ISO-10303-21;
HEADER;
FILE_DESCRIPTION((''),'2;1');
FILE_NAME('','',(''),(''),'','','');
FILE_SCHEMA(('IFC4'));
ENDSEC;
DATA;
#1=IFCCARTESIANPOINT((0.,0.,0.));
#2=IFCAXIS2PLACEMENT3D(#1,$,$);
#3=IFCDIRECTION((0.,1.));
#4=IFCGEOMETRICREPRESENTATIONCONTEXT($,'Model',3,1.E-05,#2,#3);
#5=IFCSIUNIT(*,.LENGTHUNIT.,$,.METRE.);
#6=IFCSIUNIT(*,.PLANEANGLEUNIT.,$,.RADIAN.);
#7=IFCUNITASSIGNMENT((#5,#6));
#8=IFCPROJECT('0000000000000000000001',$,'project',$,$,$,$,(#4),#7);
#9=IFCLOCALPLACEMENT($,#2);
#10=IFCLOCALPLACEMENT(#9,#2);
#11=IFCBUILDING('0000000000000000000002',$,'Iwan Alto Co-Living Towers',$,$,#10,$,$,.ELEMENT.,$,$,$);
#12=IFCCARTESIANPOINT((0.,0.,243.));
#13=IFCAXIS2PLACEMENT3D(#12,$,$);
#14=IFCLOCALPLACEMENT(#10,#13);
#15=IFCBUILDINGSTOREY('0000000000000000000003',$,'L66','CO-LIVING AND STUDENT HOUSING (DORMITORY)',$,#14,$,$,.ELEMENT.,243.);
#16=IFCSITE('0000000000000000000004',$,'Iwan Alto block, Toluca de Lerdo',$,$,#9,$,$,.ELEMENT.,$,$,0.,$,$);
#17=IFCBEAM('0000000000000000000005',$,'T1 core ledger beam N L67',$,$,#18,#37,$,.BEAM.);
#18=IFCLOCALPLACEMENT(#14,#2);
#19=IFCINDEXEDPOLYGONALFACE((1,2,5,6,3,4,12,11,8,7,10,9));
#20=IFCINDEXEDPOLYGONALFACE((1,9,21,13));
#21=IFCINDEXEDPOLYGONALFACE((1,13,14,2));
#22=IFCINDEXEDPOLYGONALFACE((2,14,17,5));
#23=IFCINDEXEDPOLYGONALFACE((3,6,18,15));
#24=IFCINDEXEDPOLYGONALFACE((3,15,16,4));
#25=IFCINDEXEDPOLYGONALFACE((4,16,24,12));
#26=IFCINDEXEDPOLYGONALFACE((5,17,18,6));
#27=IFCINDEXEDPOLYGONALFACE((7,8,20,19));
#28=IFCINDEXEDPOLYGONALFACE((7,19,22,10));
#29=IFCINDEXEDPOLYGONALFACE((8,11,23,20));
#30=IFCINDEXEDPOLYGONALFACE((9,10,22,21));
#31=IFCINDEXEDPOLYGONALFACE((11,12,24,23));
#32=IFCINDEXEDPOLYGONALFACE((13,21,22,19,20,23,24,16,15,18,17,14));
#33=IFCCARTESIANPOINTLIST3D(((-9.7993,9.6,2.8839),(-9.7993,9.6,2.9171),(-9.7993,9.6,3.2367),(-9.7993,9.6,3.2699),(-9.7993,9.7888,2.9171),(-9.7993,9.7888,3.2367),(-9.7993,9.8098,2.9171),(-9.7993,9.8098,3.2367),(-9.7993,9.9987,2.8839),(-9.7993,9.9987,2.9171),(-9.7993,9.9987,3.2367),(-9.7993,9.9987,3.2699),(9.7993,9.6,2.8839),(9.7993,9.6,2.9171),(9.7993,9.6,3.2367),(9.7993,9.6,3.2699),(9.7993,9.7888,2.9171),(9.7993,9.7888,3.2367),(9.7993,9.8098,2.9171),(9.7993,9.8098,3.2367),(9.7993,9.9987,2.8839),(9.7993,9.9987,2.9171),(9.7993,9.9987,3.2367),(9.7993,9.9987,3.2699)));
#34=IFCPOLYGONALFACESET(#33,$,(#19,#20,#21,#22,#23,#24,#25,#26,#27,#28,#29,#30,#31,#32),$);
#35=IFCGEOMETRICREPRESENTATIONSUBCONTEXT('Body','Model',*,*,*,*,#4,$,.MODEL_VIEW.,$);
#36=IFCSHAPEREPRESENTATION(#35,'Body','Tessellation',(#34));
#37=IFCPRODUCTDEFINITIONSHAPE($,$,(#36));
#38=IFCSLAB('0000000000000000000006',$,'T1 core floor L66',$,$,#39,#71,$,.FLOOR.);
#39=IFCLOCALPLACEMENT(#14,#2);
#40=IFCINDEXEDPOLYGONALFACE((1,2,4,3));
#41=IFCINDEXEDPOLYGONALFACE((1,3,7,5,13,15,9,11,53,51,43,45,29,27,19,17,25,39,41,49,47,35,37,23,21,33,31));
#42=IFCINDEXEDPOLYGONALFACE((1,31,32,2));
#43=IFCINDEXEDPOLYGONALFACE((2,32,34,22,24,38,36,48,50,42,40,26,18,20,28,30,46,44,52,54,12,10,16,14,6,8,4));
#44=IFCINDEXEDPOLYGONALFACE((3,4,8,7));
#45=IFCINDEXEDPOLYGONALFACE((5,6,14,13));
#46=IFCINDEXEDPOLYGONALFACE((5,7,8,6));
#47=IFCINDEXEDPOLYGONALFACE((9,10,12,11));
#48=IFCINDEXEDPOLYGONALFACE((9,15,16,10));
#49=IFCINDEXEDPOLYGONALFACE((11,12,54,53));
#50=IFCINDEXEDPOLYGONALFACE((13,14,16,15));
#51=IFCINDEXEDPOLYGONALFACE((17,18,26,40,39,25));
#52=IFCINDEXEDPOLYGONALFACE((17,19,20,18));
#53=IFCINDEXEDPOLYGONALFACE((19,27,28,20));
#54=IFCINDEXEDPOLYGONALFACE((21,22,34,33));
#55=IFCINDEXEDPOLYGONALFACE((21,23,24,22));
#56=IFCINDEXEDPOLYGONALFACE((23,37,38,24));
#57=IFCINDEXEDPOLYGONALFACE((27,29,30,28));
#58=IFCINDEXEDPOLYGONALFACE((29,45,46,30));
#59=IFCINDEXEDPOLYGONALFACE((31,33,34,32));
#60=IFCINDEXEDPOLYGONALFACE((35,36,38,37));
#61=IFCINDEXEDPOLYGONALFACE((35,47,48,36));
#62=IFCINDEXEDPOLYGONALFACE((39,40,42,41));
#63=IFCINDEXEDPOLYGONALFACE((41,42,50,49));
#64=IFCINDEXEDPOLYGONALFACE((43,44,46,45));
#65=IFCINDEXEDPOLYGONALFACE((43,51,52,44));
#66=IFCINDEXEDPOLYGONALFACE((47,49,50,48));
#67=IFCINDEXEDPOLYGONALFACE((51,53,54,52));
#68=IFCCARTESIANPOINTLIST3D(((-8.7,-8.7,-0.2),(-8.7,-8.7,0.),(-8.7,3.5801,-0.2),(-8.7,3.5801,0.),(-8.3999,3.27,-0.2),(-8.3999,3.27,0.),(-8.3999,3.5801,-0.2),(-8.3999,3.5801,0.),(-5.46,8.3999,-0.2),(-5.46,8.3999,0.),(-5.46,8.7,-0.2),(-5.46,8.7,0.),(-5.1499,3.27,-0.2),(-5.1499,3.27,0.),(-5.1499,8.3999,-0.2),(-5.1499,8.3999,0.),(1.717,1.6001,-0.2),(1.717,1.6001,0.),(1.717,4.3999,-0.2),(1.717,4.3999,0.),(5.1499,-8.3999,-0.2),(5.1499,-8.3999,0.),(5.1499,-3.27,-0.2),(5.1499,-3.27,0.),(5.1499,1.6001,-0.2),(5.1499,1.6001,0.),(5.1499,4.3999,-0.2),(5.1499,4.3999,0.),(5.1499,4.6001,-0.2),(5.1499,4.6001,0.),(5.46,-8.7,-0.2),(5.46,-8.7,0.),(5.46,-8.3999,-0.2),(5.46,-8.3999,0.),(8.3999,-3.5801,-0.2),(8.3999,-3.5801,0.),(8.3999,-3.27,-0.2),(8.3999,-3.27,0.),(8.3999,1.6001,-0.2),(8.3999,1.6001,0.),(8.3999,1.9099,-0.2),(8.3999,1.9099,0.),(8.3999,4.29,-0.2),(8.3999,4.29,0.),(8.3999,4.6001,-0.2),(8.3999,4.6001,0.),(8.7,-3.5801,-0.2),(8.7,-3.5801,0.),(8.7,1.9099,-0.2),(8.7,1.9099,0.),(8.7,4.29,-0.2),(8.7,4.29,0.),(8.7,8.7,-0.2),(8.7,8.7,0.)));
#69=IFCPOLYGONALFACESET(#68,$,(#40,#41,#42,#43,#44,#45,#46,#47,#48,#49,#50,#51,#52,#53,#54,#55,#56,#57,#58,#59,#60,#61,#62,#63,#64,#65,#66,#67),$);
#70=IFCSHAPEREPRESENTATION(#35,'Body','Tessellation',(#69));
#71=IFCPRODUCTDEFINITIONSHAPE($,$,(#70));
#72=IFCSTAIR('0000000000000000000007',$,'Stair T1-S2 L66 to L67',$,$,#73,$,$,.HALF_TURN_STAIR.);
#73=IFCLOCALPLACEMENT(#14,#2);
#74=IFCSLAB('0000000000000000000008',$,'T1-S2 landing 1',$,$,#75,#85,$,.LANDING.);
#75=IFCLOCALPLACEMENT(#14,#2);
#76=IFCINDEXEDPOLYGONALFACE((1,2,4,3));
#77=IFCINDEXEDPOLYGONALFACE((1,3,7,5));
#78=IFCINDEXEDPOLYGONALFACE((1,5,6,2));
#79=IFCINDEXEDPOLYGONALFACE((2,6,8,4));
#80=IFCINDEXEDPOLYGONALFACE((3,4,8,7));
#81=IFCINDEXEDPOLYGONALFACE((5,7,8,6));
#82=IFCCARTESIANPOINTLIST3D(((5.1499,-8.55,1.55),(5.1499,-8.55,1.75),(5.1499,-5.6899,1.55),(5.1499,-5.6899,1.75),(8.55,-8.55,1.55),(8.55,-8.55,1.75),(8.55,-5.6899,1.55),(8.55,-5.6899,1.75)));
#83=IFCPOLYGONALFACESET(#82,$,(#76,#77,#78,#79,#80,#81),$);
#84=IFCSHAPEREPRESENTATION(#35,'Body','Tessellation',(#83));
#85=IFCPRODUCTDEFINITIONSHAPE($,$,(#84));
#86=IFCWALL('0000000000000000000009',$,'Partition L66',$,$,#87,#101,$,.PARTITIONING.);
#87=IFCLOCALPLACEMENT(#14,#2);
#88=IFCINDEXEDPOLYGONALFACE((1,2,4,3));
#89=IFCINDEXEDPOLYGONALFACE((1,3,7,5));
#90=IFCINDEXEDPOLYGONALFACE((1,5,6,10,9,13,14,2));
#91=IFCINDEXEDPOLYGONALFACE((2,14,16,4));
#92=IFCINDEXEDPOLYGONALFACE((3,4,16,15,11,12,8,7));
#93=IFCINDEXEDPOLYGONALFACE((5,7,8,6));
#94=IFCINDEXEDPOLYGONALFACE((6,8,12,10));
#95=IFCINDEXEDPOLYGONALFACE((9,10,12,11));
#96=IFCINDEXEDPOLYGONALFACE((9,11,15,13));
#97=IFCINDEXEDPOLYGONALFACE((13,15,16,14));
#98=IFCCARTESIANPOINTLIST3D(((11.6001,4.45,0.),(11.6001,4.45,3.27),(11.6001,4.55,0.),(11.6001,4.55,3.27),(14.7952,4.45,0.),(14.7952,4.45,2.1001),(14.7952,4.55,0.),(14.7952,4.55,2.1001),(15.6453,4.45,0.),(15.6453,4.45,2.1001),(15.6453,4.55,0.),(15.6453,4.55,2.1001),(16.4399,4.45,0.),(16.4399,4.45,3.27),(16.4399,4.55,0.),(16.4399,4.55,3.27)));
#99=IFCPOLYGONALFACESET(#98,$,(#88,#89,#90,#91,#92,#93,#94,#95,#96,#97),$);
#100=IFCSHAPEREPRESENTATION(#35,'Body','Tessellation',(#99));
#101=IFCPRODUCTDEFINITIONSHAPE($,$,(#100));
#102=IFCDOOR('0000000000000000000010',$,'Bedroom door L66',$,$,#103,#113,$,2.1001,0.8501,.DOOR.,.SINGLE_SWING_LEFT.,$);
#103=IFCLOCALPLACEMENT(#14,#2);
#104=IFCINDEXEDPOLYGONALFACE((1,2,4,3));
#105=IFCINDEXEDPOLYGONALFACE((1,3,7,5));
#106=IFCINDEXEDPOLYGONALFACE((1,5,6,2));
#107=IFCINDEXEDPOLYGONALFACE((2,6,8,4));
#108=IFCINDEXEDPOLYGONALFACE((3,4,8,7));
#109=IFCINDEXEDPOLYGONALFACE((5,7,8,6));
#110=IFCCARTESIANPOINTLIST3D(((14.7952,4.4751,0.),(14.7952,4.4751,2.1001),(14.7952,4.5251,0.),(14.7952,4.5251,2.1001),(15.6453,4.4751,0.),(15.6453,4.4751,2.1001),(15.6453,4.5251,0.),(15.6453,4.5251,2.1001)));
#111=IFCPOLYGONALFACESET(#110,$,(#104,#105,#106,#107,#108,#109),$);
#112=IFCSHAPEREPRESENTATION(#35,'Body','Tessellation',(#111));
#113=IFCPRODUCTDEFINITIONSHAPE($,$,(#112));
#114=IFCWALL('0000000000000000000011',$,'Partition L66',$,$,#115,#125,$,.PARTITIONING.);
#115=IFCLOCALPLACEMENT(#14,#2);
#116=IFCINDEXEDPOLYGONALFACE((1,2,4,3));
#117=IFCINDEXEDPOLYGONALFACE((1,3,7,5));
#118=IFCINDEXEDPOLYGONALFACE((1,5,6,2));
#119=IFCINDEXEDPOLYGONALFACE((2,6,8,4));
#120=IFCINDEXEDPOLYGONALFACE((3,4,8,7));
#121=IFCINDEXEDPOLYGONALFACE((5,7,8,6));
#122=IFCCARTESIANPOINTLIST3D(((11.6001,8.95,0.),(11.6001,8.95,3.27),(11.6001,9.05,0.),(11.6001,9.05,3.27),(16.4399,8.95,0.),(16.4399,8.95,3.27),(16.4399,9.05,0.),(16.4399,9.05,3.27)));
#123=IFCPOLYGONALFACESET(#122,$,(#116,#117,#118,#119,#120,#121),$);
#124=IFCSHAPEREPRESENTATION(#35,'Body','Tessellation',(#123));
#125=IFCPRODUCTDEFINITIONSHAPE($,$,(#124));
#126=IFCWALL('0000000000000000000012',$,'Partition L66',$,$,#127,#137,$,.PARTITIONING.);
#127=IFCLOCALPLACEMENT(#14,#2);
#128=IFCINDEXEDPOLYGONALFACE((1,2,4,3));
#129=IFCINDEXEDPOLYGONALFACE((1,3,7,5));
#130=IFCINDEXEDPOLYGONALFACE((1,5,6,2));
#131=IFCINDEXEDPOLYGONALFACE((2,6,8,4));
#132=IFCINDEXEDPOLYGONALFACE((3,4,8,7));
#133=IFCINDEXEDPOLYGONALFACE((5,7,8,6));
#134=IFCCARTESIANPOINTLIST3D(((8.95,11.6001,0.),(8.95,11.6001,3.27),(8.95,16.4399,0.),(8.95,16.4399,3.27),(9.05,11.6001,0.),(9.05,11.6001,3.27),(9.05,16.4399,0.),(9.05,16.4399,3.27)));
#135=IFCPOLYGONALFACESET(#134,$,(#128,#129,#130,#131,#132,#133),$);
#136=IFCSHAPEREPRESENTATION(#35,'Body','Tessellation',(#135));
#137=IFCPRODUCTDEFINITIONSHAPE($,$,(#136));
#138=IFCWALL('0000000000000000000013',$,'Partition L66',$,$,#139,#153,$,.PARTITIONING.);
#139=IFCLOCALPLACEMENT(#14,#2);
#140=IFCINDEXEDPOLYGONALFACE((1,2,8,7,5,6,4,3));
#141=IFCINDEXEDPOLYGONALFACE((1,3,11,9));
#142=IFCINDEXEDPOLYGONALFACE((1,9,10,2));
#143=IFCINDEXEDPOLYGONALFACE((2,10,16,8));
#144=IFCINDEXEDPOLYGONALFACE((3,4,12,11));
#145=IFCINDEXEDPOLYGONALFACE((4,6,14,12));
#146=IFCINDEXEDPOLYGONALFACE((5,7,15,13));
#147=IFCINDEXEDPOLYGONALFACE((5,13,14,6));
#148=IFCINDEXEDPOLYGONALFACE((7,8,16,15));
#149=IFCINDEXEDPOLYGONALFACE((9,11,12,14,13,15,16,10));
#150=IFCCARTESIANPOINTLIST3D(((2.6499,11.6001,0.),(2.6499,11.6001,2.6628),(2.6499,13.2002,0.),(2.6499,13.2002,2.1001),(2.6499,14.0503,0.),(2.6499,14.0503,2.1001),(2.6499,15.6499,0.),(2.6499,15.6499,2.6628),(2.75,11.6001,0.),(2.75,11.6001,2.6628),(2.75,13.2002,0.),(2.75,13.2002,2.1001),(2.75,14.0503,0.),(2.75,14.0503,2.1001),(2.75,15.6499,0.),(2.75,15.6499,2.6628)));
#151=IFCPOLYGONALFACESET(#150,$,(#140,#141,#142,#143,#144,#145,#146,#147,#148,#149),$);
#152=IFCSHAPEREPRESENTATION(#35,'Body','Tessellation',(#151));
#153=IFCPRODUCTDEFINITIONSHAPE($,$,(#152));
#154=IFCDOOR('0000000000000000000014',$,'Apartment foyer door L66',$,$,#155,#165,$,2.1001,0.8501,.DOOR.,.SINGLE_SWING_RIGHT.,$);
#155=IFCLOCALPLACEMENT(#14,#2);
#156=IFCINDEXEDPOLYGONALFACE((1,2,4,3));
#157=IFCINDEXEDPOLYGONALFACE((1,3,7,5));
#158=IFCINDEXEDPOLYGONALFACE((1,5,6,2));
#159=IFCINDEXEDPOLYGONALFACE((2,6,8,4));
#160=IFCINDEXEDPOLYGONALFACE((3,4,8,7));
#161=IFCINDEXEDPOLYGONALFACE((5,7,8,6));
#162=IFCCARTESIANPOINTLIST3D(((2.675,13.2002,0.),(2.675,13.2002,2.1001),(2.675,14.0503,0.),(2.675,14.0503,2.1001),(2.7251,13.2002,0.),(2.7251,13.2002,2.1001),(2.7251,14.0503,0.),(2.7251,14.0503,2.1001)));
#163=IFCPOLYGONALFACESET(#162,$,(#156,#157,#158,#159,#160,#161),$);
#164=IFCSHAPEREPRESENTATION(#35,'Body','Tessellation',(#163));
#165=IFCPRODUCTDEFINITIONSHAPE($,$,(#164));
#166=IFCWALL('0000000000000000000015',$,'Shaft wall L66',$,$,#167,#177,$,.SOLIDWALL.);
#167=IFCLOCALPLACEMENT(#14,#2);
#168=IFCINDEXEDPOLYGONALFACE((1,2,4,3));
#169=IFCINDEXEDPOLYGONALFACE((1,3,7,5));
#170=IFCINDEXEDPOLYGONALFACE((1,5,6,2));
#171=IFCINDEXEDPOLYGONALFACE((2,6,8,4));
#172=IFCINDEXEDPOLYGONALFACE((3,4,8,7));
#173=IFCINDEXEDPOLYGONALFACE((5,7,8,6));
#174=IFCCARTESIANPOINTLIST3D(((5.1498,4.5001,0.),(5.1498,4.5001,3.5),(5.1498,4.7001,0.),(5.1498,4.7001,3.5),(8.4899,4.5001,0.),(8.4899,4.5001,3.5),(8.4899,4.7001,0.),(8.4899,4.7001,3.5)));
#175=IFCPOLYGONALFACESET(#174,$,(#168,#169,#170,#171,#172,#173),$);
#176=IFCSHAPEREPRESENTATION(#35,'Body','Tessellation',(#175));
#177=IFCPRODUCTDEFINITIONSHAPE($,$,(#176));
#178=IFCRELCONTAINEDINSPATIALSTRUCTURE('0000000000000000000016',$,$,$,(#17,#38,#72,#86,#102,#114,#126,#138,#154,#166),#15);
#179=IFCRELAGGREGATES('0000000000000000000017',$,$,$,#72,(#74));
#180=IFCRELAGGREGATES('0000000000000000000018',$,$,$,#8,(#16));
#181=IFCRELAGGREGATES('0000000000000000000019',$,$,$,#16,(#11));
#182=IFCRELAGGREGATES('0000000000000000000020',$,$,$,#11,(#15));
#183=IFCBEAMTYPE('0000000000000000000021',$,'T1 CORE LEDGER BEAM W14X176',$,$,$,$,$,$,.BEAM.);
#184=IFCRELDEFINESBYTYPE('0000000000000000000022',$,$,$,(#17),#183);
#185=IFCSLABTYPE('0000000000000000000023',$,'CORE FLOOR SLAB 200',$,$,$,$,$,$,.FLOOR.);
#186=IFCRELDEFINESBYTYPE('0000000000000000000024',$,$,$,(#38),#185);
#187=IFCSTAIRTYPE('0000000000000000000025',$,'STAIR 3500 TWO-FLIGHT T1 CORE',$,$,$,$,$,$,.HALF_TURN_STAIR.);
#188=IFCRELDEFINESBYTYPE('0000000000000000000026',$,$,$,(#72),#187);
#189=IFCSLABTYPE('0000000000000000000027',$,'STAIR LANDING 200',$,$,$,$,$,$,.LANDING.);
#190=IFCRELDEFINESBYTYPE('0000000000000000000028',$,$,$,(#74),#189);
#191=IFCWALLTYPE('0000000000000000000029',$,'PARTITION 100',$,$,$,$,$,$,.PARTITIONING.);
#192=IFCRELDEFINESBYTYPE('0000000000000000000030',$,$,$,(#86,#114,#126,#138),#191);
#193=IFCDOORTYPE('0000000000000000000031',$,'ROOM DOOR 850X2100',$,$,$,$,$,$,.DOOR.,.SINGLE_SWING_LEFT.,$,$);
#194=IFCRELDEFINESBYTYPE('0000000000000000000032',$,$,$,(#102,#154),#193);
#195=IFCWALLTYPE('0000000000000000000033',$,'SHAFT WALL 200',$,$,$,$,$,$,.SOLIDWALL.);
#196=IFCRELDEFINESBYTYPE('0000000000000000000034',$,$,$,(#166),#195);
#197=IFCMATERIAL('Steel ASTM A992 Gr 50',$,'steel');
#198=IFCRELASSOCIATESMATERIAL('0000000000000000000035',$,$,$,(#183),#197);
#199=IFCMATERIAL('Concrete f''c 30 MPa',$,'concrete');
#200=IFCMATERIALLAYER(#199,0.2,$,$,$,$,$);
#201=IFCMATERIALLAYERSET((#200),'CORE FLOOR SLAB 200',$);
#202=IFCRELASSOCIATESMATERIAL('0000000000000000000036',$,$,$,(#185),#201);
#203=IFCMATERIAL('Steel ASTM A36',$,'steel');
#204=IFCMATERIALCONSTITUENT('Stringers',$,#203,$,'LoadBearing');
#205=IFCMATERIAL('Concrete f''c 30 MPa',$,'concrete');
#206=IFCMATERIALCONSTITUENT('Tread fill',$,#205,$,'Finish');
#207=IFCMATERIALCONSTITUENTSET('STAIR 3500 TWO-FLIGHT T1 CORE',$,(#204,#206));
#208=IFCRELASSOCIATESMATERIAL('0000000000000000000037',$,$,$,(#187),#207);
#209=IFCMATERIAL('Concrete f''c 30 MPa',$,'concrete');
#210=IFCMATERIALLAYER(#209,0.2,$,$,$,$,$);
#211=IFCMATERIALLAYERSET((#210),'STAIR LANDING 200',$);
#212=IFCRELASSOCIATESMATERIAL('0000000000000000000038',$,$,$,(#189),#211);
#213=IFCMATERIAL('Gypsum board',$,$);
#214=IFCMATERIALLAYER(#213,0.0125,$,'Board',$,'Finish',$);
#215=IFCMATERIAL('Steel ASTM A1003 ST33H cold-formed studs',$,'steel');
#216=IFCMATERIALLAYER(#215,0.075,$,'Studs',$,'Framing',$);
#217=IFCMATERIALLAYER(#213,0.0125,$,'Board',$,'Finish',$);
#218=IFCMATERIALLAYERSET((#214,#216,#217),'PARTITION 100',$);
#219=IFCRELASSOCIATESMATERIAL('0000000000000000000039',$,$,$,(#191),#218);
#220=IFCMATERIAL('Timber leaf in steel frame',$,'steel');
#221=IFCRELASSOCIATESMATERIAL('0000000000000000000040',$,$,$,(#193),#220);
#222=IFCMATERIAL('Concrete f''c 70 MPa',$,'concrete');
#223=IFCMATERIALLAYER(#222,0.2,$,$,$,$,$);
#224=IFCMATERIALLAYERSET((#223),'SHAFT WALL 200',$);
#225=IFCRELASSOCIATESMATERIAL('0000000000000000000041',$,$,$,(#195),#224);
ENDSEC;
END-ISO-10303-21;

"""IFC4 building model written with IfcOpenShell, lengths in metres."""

from ifc_helpers import new_model, si_unit, direction, frame, frame_2d, origin, origin_2d, place, context, subcontext, project, spatial, polyline, rectangle, i_section, outline, extrude, material, layer, layer_set, constituent, constituent_set, material_profile, profile_set, type_object, element, fill, aggregate, save


model = new_model("IFC4")

# Units and contexts
model_context = context("Model", 3, precision=1e-05, world=origin(), true_north=direction((0.0, 1.0)))
body_context = subcontext(model_context, "Body", "Model", "MODEL_VIEW")
ifc_project = project(units=[si_unit("LENGTHUNIT", "METRE"), si_unit("PLANEANGLEUNIT", "RADIAN")], contexts=[model_context])

# Site, building, storey
site_placement = place(None, origin())
site = spatial("IfcSite", under=ifc_project, at=site_placement, Name="Iwan Alto block, Toluca de Lerdo", CompositionType="ELEMENT", RefElevation=0.0)
building_placement = place(site_placement, origin())
building = spatial("IfcBuilding", under=site, at=building_placement, Name="Iwan Alto Co-Living Towers", CompositionType="ELEMENT")
storey_placement = place(building_placement, frame((0.0, 0.0, 243.0)))
storey = spatial("IfcBuildingStorey", under=building, at=storey_placement, Name="L66", Description="CO-LIVING AND STUDENT HOUSING (DORMITORY)", CompositionType="ELEMENT", Elevation=243.0)

# Beam
ifc_material_1 = material(Name="Steel ASTM A992 Gr 50", Category="steel")
ifc_material_profile = material_profile(ifc_material_1, i_section(OverallWidth=0.3987, OverallDepth=0.386, WebThickness=0.021, FlangeThickness=0.0332, at=origin_2d()), Name="W14X176")
ifc_profile_set = profile_set([ifc_material_profile], Name="Steel ASTM A992 Gr 50")
beam_type = type_object("IfcBeamType", Name="T1 CORE LEDGER BEAM W14X176", PredefinedType="BEAM", material=ifc_profile_set)
beam_placement = place(storey_placement, frame((9.7993, 9.7993, 3.0769), z_axis=(-1.0, 0.0, 0.0), x_axis=(0.0, -1.0, 0.0)))
element("IfcBeam", 1, at=beam_placement, inside=storey, type_object=beam_type, Name="T1 core ledger beam N L67", PredefinedType="BEAM", context=body_context, shape_type="SweptSolid", body=[
    extrude(i_section(OverallWidth=0.3987, OverallDepth=0.386, WebThickness=0.021, FlangeThickness=0.0332, at=origin_2d()), origin(), (0.0, 0.0, 1.0), 19.5986),
])

# Slab
ifc_material_2 = material(Name="Concrete f'c 30 MPa", Category="concrete")
ifc_layer_1 = layer(ifc_material_2, 0.2)
ifc_layer_set_1 = layer_set([ifc_layer_1], Name="CORE FLOOR SLAB 200")
slab_type_1 = type_object("IfcSlabType", Name="CORE FLOOR SLAB 200", PredefinedType="FLOOR", material=ifc_layer_set_1)
slab_1_placement = place(storey_placement, frame((0.0, 0.0, -0.2)))
element("IfcSlab", 2, at=slab_1_placement, inside=storey, type_object=slab_type_1, Name="T1 core floor L66", PredefinedType="FLOOR", context=body_context, shape_type="SweptSolid", body=[
    extrude(outline(polyline([(-8.7, 3.5801), (-8.3999, 3.5801), (-8.3999, 3.27), (-5.1499, 3.27), (-5.1499, 8.3999), (-5.46, 8.3999), (-5.46, 8.7), (8.7, 8.7), (8.7, 4.29), (8.3999, 4.29), (8.3999, 4.6001), (5.1499, 4.6001), (5.1499, 4.3999), (1.717, 4.3999), (1.717, 1.6001), (5.1499, 1.6001), (8.3999, 1.6001), (8.3999, 1.9099), (8.7, 1.9099), (8.7, -3.5801), (8.3999, -3.5801), (8.3999, -3.27), (5.1499, -3.27), (5.1499, -8.3999), (5.46, -8.3999), (5.46, -8.7), (-8.7, -8.7), (-8.7, 3.5801)])), origin(), (0.0, 0.0, 1.0), 0.2),
])

# Stair, slab
ifc_material_3 = material(Name="Steel ASTM A36", Category="steel")
ifc_constituent_1 = constituent(ifc_material_3, Name="Stringers", Category="LoadBearing")
ifc_material_4 = material(Name="Concrete f'c 30 MPa", Category="concrete")
ifc_constituent_2 = constituent(ifc_material_4, Name="Tread fill", Category="Finish")
ifc_constituent_set = constituent_set(constituents=[ifc_constituent_1, ifc_constituent_2], Name="STAIR 3500 TWO-FLIGHT T1 CORE")
stair_type = type_object("IfcStairType", Name="STAIR 3500 TWO-FLIGHT T1 CORE", PredefinedType="HALF_TURN_STAIR", material=ifc_constituent_set)
stair_placement = place(storey_placement, origin())
stair = element("IfcStair", 3, at=stair_placement, inside=storey, type_object=stair_type, Name="Stair T1-S2 L66 to L67", PredefinedType="HALF_TURN_STAIR")
ifc_material_5 = material(Name="Concrete f'c 30 MPa", Category="concrete")
ifc_layer_2 = layer(ifc_material_5, 0.2)
ifc_layer_set_2 = layer_set([ifc_layer_2], Name="STAIR LANDING 200")
slab_type_2 = type_object("IfcSlabType", Name="STAIR LANDING 200", PredefinedType="LANDING", material=ifc_layer_set_2)
slab_2_placement = place(storey_placement, frame((0.0, 0.0, 1.55)))
slab_2 = element("IfcSlab", 4, at=slab_2_placement, type_object=slab_type_2, Name="T1-S2 landing 1", PredefinedType="LANDING", context=body_context, shape_type="SweptSolid", body=[
    extrude(outline(polyline([(5.1499, -5.6899), (5.1499, -8.55), (8.55, -8.55), (8.55, -5.6899), (5.1499, -5.6899)])), origin(), (0.0, 0.0, 1.0), 0.2),
])
aggregate(stair, [slab_2])

# Wall, opening, door
ifc_material_6 = material(Name="Gypsum board")
ifc_layer_3 = layer(ifc_material_6, 0.0125, Name="Board", Category="Finish")
ifc_material_7 = material(Name="Steel ASTM A1003 ST33H cold-formed studs", Category="steel")
ifc_layer_4 = layer(ifc_material_7, 0.075, Name="Studs", Category="Framing")
ifc_layer_5 = layer(ifc_material_6, 0.0125, Name="Board", Category="Finish")
ifc_layer_set_3 = layer_set([ifc_layer_3, ifc_layer_4, ifc_layer_5], Name="PARTITION 100")
wall_type_1 = type_object("IfcWallType", Name="PARTITION 100", PredefinedType="PARTITIONING", material=ifc_layer_set_3)
wall_1_placement = place(storey_placement, frame((11.6001, 4.5, 0.0), z_axis=(0.0, 0.0, 1.0), x_axis=(1.0, 0.0, 0.0)))
wall_1 = element("IfcWall", 5, at=wall_1_placement, inside=storey, type_object=wall_type_1, Name="Partition L66", PredefinedType="PARTITIONING", context=body_context, shape_type="SweptSolid", body=[
    extrude(rectangle(XDim=4.8398, YDim=0.1001, at=frame_2d((2.4199, 0.0))), origin(), (0.0, 0.0, 1.0), 3.27),
])
opening_1_placement = place(wall_1_placement, frame((3.1951, 0.0, 0.0)))
opening_1 = element("IfcOpeningElement", 6, at=opening_1_placement, cuts=wall_1, PredefinedType="OPENING", context=body_context, shape_type="SweptSolid", body=[
    extrude(rectangle(XDim=0.8501, YDim=2.1001, at=frame_2d((0.425, 1.05))), frame((0.0, 0.0601, 0.0), z_axis=(0.0, -1.0, 0.0), x_axis=(1.0, 0.0, 0.0)), (0.0, 0.0, 1.0), 0.1201),
])
ifc_material_8 = material(Name="Timber leaf in steel frame", Category="steel")
door_type_1 = type_object("IfcDoorType", Name="ROOM DOOR 850X2100", OperationType="SINGLE_SWING_LEFT", PredefinedType="DOOR", material=ifc_material_8)
door_1_placement = place(opening_1_placement, frame((0.8501, 0.0, 0.0), z_axis=(0.0, 0.0, 1.0), x_axis=(-1.0, 0.0, 0.0)))
door_1 = element("IfcDoor", 7, at=door_1_placement, inside=storey, type_object=door_type_1, Name="Bedroom door L66", OperationType="SINGLE_SWING_LEFT", OverallHeight=2.1001, OverallWidth=0.8501, PredefinedType="DOOR", context=body_context, shape_type="SweptSolid", body=[
    extrude(rectangle(XDim=0.8501, YDim=2.1001, at=frame_2d((0.425, 1.05))), frame((0.0, 0.0249, 0.0), z_axis=(0.0, -1.0, 0.0), x_axis=(1.0, 0.0, 0.0)), (0.0, 0.0, 1.0), 0.05),
])
fill(opening_1, door_1)

# Walls
for number, where, z_axis, x_axis, name in (
    (8, (11.6001, 9.0, 0.0), (0.0, 0.0, 1.0), (1.0, 0.0, 0.0), "Partition L66"),
    (9, (9.0, 11.6001, 0.0), (0.0, 0.0, 1.0), (0.0, 1.0, 0.0), "Partition L66"),
):
    element("IfcWall", number, at=place(storey_placement, frame(where, z_axis=z_axis, x_axis=x_axis)), inside=storey, type_object=wall_type_1, Name=name, PredefinedType="PARTITIONING", context=body_context, shape_type="SweptSolid", body=[
        extrude(rectangle(XDim=4.8398, YDim=0.1001, at=frame_2d((2.4199, 0.0))), origin(), (0.0, 0.0, 1.0), 3.27),
    ])

# Wall, opening, door
wall_2_placement = place(storey_placement, frame((2.7, 11.6001, 0.0), z_axis=(0.0, 0.0, 1.0), x_axis=(0.0, 1.0, 0.0)))
wall_2 = element("IfcWall", 10, at=wall_2_placement, inside=storey, type_object=wall_type_1, Name="Partition L66", PredefinedType="PARTITIONING", context=body_context, shape_type="SweptSolid", body=[
    extrude(rectangle(XDim=4.0498, YDim=0.1001, at=frame_2d((2.0249, 0.0))), origin(), (0.0, 0.0, 1.0), 2.6628),
])
opening_2_placement = place(wall_2_placement, frame((1.6001, 0.0, 0.0)))
opening_2 = element("IfcOpeningElement", 11, at=opening_2_placement, cuts=wall_2, PredefinedType="OPENING", context=body_context, shape_type="SweptSolid", body=[
    extrude(rectangle(XDim=0.8501, YDim=2.1001, at=frame_2d((0.425, 1.05))), frame((0.0, 0.0601, 0.0), z_axis=(0.0, -1.0, 0.0), x_axis=(1.0, 0.0, 0.0)), (0.0, 0.0, 1.0), 0.1201),
])
door_2_placement = place(opening_2_placement, origin())
door_2 = element("IfcDoor", 12, at=door_2_placement, inside=storey, type_object=door_type_1, Name="Apartment foyer door L66", OperationType="SINGLE_SWING_RIGHT", OverallHeight=2.1001, OverallWidth=0.8501, PredefinedType="DOOR", context=body_context, shape_type="SweptSolid", body=[
    extrude(rectangle(XDim=0.8501, YDim=2.1001, at=frame_2d((0.425, 1.05))), frame((0.0, 0.0249, 0.0), z_axis=(0.0, -1.0, 0.0), x_axis=(1.0, 0.0, 0.0)), (0.0, 0.0, 1.0), 0.05),
])
fill(opening_2, door_2)

# Wall
ifc_material_9 = material(Name="Concrete f'c 70 MPa", Category="concrete")
ifc_layer_6 = layer(ifc_material_9, 0.2)
ifc_layer_set_4 = layer_set([ifc_layer_6], Name="SHAFT WALL 200")
wall_type_2 = type_object("IfcWallType", Name="SHAFT WALL 200", PredefinedType="SOLIDWALL", material=ifc_layer_set_4)
wall_3_placement = place(storey_placement, frame((5.1499, 4.6001, 0.0), z_axis=(0.0, 0.0, 1.0), x_axis=(1.0, 0.0, 0.0)))
element("IfcWall", 13, at=wall_3_placement, inside=storey, type_object=wall_type_2, Name="Shaft wall L66", PredefinedType="SOLIDWALL", context=body_context, shape_type="SweptSolid", body=[
    extrude(rectangle(XDim=3.3401, YDim=0.2, at=frame_2d((1.6699, 0.0))), origin(), (0.0, 0.0, 1.0), 3.5),
])

save(model, "model.ifc")
